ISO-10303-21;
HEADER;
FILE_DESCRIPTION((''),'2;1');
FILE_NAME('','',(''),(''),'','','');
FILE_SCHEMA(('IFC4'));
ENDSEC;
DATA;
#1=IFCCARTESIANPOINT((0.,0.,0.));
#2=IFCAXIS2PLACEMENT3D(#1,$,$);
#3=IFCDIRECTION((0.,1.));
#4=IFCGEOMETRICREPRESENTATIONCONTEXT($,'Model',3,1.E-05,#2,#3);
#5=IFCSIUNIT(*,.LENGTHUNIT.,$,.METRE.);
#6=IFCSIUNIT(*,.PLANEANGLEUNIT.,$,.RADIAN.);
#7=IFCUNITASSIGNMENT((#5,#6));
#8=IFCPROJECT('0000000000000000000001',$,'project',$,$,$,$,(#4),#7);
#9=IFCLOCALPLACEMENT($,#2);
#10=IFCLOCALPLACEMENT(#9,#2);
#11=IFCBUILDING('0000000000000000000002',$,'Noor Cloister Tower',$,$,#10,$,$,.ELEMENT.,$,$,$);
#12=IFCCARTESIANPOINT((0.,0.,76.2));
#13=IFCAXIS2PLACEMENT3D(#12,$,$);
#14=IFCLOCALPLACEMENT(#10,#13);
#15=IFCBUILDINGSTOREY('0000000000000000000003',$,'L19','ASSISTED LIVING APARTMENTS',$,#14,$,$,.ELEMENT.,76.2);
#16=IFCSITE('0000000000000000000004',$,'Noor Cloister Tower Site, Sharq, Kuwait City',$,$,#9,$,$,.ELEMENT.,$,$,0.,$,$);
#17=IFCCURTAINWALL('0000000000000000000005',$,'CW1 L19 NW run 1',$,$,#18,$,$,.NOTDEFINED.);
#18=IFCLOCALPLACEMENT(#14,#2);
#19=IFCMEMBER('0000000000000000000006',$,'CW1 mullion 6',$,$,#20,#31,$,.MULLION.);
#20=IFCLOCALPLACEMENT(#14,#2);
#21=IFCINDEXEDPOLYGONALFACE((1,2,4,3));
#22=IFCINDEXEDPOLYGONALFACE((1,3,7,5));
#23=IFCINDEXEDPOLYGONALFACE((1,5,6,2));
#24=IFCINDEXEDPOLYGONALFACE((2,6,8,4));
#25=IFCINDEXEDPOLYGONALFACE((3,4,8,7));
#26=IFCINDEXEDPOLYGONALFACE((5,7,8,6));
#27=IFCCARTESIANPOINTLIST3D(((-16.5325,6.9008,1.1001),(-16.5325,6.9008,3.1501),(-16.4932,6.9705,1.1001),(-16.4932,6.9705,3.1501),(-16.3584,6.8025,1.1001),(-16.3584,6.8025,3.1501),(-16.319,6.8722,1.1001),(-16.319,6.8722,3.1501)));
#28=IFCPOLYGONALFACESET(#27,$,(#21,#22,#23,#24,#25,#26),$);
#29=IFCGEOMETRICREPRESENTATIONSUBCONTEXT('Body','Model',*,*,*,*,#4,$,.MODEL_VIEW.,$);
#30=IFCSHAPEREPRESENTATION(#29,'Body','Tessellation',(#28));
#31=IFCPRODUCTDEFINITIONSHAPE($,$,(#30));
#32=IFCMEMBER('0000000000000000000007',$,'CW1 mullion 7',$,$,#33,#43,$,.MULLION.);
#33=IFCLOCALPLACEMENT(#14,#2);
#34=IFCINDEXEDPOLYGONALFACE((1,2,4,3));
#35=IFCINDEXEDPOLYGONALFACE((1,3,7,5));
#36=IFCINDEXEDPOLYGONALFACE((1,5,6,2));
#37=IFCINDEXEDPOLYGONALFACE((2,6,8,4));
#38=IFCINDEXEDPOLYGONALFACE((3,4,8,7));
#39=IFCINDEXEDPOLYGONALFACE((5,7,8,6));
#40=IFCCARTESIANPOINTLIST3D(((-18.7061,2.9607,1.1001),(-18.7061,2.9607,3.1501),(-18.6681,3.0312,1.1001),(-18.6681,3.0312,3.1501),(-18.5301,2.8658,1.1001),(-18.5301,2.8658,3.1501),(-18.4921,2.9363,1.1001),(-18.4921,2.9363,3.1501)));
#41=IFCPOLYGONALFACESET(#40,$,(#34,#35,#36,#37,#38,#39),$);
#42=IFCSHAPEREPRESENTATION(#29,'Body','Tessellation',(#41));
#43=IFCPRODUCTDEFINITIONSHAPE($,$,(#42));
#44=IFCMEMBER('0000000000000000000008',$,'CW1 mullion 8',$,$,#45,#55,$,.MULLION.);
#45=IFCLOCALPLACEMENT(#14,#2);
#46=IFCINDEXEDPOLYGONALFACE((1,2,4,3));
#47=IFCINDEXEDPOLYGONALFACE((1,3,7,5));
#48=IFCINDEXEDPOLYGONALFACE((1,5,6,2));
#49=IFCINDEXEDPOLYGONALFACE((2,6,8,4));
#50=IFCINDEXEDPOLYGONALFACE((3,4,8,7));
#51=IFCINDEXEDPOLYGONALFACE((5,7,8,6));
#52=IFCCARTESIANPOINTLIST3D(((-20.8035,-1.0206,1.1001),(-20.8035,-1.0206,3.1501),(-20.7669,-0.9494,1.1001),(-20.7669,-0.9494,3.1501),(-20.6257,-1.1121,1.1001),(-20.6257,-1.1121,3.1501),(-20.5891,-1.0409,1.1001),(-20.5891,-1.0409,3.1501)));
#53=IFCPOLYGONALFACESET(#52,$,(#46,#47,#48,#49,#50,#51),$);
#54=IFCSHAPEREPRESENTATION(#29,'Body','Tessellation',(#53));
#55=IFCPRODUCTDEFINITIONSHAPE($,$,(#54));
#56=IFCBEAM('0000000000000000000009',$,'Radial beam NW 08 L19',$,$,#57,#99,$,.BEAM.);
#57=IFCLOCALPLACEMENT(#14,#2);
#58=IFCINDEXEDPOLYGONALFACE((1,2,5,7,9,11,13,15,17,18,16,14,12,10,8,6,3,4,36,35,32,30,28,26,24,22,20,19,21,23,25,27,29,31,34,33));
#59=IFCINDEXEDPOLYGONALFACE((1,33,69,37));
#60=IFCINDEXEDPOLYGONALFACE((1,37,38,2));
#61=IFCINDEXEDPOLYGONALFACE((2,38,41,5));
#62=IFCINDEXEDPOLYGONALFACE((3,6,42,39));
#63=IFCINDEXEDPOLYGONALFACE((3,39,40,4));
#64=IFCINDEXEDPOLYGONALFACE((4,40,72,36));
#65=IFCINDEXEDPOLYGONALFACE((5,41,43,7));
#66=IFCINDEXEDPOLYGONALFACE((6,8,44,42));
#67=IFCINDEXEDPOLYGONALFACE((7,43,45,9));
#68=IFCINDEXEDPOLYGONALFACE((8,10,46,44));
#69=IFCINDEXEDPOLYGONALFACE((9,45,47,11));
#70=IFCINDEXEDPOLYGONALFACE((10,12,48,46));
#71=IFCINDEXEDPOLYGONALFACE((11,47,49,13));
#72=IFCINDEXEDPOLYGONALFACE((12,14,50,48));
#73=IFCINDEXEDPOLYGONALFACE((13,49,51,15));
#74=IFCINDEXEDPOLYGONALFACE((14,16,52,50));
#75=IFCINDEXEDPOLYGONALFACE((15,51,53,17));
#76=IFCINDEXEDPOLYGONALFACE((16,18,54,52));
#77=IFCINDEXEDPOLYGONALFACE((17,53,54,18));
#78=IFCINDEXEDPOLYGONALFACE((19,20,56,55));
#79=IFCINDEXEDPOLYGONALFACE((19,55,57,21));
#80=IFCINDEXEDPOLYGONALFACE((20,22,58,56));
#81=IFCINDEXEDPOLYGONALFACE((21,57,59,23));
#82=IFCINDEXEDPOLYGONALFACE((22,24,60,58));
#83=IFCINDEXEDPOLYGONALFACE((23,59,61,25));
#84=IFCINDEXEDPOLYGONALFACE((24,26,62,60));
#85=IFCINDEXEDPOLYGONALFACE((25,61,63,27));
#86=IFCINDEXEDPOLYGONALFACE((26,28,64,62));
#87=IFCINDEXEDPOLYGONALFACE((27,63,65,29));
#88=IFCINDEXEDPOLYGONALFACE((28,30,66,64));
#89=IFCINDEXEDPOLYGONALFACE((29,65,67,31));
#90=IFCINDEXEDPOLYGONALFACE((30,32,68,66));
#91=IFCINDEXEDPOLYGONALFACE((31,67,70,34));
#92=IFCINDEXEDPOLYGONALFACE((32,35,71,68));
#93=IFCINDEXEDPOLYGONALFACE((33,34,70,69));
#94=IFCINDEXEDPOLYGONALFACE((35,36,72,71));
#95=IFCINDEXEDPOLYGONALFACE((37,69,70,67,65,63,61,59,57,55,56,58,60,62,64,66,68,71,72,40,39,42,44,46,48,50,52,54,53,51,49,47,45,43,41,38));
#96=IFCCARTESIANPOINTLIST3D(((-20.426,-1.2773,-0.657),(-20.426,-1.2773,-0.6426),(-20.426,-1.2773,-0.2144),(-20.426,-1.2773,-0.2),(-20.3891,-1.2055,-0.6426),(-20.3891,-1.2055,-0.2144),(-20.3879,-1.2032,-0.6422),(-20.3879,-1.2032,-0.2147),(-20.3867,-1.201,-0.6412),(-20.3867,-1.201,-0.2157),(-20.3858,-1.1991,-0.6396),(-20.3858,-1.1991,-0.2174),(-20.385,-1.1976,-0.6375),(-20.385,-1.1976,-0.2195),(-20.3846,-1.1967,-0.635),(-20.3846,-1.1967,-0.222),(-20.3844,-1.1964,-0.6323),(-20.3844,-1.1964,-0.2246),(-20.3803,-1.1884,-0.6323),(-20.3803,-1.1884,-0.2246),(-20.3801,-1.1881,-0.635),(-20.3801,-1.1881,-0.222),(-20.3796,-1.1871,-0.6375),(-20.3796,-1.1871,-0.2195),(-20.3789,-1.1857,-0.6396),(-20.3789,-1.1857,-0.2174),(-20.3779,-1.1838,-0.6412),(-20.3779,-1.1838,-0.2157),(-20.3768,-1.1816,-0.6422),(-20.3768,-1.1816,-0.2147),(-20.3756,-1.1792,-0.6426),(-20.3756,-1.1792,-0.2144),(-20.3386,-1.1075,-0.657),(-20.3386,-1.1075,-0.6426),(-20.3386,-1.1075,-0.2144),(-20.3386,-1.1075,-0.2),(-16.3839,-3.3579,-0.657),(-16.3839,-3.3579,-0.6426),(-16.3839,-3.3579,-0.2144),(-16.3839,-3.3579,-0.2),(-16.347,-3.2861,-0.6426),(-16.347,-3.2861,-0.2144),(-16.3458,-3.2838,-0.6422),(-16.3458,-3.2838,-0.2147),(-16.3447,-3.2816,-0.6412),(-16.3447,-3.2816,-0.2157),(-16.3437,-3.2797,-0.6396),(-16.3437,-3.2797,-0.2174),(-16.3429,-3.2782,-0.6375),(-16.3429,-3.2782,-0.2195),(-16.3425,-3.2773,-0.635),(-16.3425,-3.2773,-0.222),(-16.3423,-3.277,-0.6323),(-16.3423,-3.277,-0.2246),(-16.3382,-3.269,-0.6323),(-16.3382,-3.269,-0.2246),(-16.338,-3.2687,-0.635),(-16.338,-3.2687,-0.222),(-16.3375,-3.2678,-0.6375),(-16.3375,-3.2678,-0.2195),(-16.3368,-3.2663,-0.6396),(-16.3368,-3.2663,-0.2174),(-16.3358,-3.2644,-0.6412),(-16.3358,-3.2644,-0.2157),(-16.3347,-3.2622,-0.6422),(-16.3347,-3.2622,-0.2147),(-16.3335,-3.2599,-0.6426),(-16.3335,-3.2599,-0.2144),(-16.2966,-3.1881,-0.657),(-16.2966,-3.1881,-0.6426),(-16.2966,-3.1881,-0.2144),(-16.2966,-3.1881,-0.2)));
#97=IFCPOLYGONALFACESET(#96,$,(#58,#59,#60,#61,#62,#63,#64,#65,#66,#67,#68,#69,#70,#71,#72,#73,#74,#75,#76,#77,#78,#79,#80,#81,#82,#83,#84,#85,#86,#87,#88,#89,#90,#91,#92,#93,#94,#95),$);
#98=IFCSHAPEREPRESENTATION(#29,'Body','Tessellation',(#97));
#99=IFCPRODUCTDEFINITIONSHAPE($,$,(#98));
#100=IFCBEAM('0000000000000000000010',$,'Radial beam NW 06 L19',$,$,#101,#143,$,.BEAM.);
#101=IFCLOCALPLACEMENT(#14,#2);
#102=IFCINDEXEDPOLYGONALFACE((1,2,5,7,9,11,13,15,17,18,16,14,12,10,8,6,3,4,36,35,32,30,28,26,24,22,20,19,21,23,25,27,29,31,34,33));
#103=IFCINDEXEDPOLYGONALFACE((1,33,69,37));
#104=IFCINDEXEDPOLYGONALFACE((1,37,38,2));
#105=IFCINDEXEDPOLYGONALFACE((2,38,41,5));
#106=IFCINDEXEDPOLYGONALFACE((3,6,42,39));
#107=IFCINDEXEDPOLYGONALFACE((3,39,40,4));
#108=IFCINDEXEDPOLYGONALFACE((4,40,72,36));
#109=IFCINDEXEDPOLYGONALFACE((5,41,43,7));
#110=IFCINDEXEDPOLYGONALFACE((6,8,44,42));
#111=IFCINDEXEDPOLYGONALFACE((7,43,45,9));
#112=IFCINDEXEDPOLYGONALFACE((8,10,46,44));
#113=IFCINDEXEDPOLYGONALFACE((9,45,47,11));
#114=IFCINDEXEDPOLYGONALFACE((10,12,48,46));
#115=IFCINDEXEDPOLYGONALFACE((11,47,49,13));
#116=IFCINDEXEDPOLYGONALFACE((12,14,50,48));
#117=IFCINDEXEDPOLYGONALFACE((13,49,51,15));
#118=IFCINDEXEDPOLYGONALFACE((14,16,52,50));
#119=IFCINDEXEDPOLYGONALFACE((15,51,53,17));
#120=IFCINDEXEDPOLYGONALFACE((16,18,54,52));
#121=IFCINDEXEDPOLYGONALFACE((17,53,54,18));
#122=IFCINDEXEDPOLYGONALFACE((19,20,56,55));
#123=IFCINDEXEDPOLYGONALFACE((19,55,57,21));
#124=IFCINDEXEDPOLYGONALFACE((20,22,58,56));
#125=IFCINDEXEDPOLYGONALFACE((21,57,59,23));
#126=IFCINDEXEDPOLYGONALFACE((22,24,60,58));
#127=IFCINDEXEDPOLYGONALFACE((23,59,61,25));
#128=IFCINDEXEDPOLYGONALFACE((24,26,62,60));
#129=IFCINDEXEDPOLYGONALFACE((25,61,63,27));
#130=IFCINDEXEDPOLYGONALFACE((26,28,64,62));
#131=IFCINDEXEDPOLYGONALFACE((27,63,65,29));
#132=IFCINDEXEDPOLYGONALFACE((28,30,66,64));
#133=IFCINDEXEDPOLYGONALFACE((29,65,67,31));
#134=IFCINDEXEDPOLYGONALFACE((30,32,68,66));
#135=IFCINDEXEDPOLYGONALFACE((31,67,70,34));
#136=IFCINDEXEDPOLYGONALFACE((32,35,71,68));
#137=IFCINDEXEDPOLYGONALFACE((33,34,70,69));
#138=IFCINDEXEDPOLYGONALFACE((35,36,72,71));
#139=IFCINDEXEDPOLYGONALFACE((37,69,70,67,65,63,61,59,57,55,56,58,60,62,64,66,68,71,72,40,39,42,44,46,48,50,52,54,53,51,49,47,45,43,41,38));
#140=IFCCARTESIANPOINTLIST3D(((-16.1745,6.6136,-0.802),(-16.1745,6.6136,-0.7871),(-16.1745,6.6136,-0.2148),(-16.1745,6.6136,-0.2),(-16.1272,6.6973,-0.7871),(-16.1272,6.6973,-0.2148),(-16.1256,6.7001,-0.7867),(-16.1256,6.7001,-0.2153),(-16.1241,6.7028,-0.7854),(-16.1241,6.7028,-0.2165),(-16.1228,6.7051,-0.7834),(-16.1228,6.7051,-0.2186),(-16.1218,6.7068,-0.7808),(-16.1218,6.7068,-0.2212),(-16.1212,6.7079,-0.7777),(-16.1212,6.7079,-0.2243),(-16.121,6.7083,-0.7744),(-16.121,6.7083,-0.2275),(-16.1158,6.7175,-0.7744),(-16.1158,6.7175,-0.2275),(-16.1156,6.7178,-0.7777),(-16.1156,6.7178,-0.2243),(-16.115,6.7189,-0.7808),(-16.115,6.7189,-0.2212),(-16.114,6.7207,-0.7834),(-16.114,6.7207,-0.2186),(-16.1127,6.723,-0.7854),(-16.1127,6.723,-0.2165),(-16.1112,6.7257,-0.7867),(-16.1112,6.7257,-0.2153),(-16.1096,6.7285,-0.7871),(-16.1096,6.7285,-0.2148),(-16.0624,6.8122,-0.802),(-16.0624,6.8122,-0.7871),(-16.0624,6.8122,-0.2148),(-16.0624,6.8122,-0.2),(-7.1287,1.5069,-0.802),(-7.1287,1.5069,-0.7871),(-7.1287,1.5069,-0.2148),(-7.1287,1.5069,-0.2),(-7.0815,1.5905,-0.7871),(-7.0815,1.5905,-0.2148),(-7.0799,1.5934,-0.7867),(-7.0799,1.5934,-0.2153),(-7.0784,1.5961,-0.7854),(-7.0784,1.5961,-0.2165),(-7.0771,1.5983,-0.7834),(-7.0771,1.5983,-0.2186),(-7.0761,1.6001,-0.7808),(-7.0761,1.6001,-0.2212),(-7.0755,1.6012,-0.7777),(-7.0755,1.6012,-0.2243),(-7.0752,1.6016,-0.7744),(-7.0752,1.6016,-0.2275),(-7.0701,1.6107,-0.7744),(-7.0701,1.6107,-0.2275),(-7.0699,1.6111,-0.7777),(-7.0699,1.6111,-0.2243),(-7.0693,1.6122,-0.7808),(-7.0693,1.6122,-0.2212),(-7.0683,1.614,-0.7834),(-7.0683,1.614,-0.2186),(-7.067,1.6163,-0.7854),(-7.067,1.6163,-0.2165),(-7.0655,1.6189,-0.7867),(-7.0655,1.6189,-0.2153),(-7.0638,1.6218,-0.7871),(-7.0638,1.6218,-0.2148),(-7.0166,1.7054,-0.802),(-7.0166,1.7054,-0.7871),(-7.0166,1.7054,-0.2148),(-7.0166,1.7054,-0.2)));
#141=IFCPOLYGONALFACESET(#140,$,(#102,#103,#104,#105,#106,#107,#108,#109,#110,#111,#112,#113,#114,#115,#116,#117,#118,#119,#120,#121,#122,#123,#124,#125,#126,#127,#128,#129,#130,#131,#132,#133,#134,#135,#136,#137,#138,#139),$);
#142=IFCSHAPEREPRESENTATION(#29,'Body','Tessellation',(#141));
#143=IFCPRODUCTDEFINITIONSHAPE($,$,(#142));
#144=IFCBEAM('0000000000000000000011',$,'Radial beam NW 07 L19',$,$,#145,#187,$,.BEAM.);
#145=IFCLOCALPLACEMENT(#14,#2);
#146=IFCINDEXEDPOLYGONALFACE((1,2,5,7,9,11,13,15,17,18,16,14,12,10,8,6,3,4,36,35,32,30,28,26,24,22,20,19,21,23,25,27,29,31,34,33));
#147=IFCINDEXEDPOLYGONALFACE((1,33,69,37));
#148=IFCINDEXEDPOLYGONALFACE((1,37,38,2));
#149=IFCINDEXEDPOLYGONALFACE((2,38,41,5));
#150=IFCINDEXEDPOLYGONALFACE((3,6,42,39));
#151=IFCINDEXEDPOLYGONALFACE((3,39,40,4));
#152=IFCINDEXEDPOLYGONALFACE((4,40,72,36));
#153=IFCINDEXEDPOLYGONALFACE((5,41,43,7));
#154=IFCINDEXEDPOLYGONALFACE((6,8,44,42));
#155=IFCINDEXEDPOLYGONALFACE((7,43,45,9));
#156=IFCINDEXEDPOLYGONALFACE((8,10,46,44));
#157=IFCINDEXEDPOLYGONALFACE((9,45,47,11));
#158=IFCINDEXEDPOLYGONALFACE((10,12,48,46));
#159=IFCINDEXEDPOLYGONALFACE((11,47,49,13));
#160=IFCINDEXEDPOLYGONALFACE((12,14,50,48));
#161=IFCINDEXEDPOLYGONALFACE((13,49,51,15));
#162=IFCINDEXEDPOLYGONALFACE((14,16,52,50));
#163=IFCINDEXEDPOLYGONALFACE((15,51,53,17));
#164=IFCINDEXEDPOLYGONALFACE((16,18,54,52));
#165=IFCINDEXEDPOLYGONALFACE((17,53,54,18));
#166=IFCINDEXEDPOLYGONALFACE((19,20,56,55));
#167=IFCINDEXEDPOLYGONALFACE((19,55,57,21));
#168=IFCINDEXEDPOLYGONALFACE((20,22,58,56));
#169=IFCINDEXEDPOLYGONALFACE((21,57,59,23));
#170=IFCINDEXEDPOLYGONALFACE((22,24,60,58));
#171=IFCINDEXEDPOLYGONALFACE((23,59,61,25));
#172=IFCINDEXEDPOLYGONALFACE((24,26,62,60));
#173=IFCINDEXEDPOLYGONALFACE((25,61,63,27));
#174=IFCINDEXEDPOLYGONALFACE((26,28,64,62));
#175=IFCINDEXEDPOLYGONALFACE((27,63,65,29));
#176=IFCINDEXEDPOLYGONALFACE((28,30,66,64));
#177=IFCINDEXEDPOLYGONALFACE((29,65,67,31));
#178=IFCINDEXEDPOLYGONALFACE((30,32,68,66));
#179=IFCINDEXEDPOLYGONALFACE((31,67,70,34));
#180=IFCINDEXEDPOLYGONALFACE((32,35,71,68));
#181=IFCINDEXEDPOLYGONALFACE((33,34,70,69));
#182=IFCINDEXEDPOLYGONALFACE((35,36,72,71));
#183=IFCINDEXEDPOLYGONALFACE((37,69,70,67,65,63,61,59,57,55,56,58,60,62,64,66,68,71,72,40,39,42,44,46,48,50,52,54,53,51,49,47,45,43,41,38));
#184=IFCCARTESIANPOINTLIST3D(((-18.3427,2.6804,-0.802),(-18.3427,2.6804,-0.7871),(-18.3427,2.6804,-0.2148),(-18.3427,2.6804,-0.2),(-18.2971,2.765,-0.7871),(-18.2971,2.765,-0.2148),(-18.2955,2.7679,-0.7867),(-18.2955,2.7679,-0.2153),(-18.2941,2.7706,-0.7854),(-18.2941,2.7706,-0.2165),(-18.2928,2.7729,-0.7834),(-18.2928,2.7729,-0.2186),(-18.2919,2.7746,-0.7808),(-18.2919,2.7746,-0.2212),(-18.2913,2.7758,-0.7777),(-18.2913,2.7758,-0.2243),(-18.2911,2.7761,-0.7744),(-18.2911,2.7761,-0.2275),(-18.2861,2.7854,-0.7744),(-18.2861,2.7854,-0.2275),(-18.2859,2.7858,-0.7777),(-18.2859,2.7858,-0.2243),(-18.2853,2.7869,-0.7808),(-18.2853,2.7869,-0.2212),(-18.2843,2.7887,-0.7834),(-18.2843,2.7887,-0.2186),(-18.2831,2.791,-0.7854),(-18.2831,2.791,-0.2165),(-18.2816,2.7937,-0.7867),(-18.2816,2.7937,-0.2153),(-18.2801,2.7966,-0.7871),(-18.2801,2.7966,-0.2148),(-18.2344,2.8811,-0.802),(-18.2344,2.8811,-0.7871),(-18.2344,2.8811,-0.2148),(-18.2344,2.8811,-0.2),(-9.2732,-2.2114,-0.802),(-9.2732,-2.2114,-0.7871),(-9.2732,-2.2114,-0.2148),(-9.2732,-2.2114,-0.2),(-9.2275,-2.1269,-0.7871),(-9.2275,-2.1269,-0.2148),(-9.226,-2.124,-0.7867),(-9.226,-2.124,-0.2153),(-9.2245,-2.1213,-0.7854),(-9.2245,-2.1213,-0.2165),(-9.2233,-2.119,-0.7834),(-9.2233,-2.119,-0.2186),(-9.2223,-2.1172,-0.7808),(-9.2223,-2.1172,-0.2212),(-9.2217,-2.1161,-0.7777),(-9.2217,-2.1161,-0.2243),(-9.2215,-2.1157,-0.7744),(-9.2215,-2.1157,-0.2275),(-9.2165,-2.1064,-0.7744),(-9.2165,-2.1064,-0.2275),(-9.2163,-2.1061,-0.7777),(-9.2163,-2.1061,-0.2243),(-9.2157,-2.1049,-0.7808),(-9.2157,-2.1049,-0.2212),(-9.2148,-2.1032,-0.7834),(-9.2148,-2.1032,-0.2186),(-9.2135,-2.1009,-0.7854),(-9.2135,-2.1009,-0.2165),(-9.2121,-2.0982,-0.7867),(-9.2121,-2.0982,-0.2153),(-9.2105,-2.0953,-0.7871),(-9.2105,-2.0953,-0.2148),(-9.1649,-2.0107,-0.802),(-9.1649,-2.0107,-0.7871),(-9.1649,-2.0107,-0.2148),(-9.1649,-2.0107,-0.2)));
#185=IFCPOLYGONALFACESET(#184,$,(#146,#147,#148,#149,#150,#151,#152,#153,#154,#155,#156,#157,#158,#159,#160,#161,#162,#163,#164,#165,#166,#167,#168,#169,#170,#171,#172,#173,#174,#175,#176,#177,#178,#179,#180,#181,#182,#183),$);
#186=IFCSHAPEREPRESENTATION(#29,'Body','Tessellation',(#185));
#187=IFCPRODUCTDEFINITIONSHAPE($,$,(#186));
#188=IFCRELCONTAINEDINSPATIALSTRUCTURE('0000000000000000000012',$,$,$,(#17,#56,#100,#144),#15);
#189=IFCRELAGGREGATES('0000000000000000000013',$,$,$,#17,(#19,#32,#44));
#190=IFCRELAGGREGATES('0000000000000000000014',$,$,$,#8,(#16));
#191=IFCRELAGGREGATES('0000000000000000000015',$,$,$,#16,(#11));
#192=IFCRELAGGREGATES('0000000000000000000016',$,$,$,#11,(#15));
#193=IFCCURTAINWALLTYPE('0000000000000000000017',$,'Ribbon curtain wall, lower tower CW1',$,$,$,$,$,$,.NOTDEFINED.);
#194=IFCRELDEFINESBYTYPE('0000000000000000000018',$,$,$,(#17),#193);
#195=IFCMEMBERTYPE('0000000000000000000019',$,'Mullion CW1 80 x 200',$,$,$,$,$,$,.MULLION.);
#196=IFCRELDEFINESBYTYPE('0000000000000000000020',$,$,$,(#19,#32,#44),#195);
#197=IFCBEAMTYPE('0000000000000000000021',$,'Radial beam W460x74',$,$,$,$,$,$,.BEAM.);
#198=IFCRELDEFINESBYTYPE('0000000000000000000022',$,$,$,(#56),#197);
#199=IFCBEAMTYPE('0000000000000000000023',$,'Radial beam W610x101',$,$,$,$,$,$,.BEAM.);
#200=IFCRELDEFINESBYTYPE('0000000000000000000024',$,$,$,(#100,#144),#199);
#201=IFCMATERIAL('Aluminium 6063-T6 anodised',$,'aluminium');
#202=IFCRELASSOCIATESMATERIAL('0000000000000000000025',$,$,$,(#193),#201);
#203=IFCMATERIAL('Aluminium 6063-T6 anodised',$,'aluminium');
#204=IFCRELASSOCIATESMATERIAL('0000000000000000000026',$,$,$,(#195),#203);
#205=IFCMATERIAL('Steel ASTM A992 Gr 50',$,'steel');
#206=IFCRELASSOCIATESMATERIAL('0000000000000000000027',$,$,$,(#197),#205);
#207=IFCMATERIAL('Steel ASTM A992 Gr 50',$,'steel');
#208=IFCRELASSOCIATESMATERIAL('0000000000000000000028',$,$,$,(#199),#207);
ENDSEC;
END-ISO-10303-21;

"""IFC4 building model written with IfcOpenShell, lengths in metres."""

from ifc_helpers import new_model, si_unit, direction, frame, origin, origin_2d, place, context, subcontext, project, spatial, rectangle, i_section, extrude, material, material_profile, profile_set, type_object, element, aggregate, save


model = new_model("IFC4")

# Units and contexts
model_context = context("Model", 3, precision=1e-05, world=origin(), true_north=direction((0.0, 1.0)))
body_context = subcontext(model_context, "Body", "Model", "MODEL_VIEW")
ifc_project = project(units=[si_unit("LENGTHUNIT", "METRE"), si_unit("PLANEANGLEUNIT", "RADIAN")], contexts=[model_context])

# Site, building, storey
site_placement = place(None, origin())
site = spatial("IfcSite", under=ifc_project, at=site_placement, Name="Noor Cloister Tower Site, Sharq, Kuwait City", CompositionType="ELEMENT", RefElevation=0.0)
building_placement = place(site_placement, origin())
building = spatial("IfcBuilding", under=site, at=building_placement, Name="Noor Cloister Tower", CompositionType="ELEMENT")
storey_placement = place(building_placement, frame((0.0, 0.0, 76.2)))
storey = spatial("IfcBuildingStorey", under=building, at=storey_placement, Name="L19", Description="ASSISTED LIVING APARTMENTS", CompositionType="ELEMENT", Elevation=76.2)

# Curtain wall
ifc_material_1 = material(Name="Aluminium 6063-T6 anodised", Category="aluminium")
curtain_wall_type = type_object("IfcCurtainWallType", Name="Ribbon curtain wall, lower tower CW1", PredefinedType="NOTDEFINED", material=ifc_material_1)
curtain_wall_1_placement = place(storey_placement, origin())
curtain_wall_1 = element("IfcCurtainWall", 1, at=curtain_wall_1_placement, inside=storey, type_object=curtain_wall_type, Name="CW1 L19 NW run 1", PredefinedType="NOTDEFINED")

# Members
ifc_material_2 = material(Name="Aluminium 6063-T6 anodised", Category="aluminium")
ifc_material_profile_1 = material_profile(ifc_material_2, rectangle(XDim=0.2, YDim=0.0801, at=origin_2d()), Name="200 x 80 mullion")
ifc_profile_set_1 = profile_set([ifc_material_profile_1], Name="Aluminium 6063-T6 anodised")
member_type_1 = type_object("IfcMemberType", Name="Mullion CW1 80 x 200", PredefinedType="MULLION", material=ifc_profile_set_1)
member_1_placement = place(storey_placement, frame((-16.4258, 6.8865, 1.1001), z_axis=(0.0, 0.0, 1.0), x_axis=(0.870808, -0.491623, 0.0)))
member_1 = element("IfcMember", 2, at=member_1_placement, type_object=member_type_1, Name="CW1 mullion 6", PredefinedType="MULLION", context=body_context, shape_type="SweptSolid", body=[
    extrude(rectangle(XDim=0.2, YDim=0.0801, at=origin_2d()), origin(), (0.0, 0.0, 1.0), 2.05),
])
member_2_placement = place(storey_placement, frame((-18.5991, 2.9485, 1.1001), z_axis=(0.0, 0.0, 1.0), x_axis=(0.88013, -0.474733, 0.0)))
member_2 = element("IfcMember", 3, at=member_2_placement, type_object=member_type_1, Name="CW1 mullion 7", PredefinedType="MULLION", context=body_context, shape_type="SweptSolid", body=[
    extrude(rectangle(XDim=0.2, YDim=0.0801, at=origin_2d()), origin(), (0.0, 0.0, 1.0), 2.05),
])
member_3_placement = place(storey_placement, frame((-20.6963, -1.0308, 1.1001), z_axis=(0.0, 0.0, 1.0), x_axis=(0.889124, -0.457666, 0.0)))
member_3 = element("IfcMember", 4, at=member_3_placement, type_object=member_type_1, Name="CW1 mullion 8", PredefinedType="MULLION", context=body_context, shape_type="SweptSolid", body=[
    extrude(rectangle(XDim=0.2, YDim=0.0801, at=origin_2d()), origin(), (0.0, 0.0, 1.0), 2.05),
])

# Beams
ifc_material_3 = material(Name="Steel ASTM A992 Gr 50", Category="steel")
ifc_material_profile_2 = material_profile(ifc_material_3, i_section(OverallWidth=0.1909, OverallDepth=0.457, WebThickness=0.009, FlangeThickness=0.0144, FilletRadius=0.0103, at=origin_2d()), Name="W460x74")
ifc_profile_set_2 = profile_set([ifc_material_profile_2], Name="Steel ASTM A992 Gr 50")
beam_type_1 = type_object("IfcBeamType", Name="Radial beam W460x74", PredefinedType="BEAM", material=ifc_profile_set_2)
beam_1_placement = place(storey_placement, frame((-20.3823, -1.1924, -0.4285), z_axis=(0.889124, -0.457666, 0.0), x_axis=(0.457666, 0.889124, 0.0)))
element("IfcBeam", 5, at=beam_1_placement, inside=storey, type_object=beam_type_1, Name="Radial beam NW 08 L19", PredefinedType="BEAM", context=body_context, shape_type="SweptSolid", body=[
    extrude(i_section(OverallWidth=0.1909, OverallDepth=0.457, WebThickness=0.009, FlangeThickness=0.0144, FilletRadius=0.0103, at=origin_2d()), origin(), (0.0, 0.0, 1.0), 4.5461),
])
ifc_material_4 = material(Name="Steel ASTM A992 Gr 50", Category="steel")
ifc_material_profile_3 = material_profile(ifc_material_4, i_section(OverallWidth=0.228, OverallDepth=0.6021, WebThickness=0.0105, FlangeThickness=0.0149, FilletRadius=0.0127, at=origin_2d()), Name="W610x101")
ifc_profile_set_3 = profile_set([ifc_material_profile_3], Name="Steel ASTM A992 Gr 50")
beam_type_2 = type_object("IfcBeamType", Name="Radial beam W610x101", PredefinedType="BEAM", material=ifc_profile_set_3)
beam_2_placement = place(storey_placement, frame((-16.1184, 6.7129, -0.501), z_axis=(0.870813, -0.491614, 0.0), x_axis=(0.491614, 0.870813, 0.0)))
element("IfcBeam", 6, at=beam_2_placement, inside=storey, type_object=beam_type_2, Name="Radial beam NW 06 L19", PredefinedType="BEAM", context=body_context, shape_type="SweptSolid", body=[
    extrude(i_section(OverallWidth=0.228, OverallDepth=0.6021, WebThickness=0.0105, FlangeThickness=0.0149, FilletRadius=0.0127, at=origin_2d()), origin(), (0.0, 0.0, 1.0), 10.3877),
])
beam_3_placement = place(storey_placement, frame((-18.2886, 2.7808, -0.501), z_axis=(0.880138, -0.474719, 0.0), x_axis=(0.474719, 0.880138, 0.0)))
element("IfcBeam", 7, at=beam_3_placement, inside=storey, type_object=beam_type_2, Name="Radial beam NW 07 L19", PredefinedType="BEAM", context=body_context, shape_type="SweptSolid", body=[
    extrude(i_section(OverallWidth=0.228, OverallDepth=0.6021, WebThickness=0.0105, FlangeThickness=0.0149, FilletRadius=0.0127, at=origin_2d()), origin(), (0.0, 0.0, 1.0), 10.3047),
])

aggregate(curtain_wall_1, [member_1, member_2, member_3])

save(model, "model.ifc")
